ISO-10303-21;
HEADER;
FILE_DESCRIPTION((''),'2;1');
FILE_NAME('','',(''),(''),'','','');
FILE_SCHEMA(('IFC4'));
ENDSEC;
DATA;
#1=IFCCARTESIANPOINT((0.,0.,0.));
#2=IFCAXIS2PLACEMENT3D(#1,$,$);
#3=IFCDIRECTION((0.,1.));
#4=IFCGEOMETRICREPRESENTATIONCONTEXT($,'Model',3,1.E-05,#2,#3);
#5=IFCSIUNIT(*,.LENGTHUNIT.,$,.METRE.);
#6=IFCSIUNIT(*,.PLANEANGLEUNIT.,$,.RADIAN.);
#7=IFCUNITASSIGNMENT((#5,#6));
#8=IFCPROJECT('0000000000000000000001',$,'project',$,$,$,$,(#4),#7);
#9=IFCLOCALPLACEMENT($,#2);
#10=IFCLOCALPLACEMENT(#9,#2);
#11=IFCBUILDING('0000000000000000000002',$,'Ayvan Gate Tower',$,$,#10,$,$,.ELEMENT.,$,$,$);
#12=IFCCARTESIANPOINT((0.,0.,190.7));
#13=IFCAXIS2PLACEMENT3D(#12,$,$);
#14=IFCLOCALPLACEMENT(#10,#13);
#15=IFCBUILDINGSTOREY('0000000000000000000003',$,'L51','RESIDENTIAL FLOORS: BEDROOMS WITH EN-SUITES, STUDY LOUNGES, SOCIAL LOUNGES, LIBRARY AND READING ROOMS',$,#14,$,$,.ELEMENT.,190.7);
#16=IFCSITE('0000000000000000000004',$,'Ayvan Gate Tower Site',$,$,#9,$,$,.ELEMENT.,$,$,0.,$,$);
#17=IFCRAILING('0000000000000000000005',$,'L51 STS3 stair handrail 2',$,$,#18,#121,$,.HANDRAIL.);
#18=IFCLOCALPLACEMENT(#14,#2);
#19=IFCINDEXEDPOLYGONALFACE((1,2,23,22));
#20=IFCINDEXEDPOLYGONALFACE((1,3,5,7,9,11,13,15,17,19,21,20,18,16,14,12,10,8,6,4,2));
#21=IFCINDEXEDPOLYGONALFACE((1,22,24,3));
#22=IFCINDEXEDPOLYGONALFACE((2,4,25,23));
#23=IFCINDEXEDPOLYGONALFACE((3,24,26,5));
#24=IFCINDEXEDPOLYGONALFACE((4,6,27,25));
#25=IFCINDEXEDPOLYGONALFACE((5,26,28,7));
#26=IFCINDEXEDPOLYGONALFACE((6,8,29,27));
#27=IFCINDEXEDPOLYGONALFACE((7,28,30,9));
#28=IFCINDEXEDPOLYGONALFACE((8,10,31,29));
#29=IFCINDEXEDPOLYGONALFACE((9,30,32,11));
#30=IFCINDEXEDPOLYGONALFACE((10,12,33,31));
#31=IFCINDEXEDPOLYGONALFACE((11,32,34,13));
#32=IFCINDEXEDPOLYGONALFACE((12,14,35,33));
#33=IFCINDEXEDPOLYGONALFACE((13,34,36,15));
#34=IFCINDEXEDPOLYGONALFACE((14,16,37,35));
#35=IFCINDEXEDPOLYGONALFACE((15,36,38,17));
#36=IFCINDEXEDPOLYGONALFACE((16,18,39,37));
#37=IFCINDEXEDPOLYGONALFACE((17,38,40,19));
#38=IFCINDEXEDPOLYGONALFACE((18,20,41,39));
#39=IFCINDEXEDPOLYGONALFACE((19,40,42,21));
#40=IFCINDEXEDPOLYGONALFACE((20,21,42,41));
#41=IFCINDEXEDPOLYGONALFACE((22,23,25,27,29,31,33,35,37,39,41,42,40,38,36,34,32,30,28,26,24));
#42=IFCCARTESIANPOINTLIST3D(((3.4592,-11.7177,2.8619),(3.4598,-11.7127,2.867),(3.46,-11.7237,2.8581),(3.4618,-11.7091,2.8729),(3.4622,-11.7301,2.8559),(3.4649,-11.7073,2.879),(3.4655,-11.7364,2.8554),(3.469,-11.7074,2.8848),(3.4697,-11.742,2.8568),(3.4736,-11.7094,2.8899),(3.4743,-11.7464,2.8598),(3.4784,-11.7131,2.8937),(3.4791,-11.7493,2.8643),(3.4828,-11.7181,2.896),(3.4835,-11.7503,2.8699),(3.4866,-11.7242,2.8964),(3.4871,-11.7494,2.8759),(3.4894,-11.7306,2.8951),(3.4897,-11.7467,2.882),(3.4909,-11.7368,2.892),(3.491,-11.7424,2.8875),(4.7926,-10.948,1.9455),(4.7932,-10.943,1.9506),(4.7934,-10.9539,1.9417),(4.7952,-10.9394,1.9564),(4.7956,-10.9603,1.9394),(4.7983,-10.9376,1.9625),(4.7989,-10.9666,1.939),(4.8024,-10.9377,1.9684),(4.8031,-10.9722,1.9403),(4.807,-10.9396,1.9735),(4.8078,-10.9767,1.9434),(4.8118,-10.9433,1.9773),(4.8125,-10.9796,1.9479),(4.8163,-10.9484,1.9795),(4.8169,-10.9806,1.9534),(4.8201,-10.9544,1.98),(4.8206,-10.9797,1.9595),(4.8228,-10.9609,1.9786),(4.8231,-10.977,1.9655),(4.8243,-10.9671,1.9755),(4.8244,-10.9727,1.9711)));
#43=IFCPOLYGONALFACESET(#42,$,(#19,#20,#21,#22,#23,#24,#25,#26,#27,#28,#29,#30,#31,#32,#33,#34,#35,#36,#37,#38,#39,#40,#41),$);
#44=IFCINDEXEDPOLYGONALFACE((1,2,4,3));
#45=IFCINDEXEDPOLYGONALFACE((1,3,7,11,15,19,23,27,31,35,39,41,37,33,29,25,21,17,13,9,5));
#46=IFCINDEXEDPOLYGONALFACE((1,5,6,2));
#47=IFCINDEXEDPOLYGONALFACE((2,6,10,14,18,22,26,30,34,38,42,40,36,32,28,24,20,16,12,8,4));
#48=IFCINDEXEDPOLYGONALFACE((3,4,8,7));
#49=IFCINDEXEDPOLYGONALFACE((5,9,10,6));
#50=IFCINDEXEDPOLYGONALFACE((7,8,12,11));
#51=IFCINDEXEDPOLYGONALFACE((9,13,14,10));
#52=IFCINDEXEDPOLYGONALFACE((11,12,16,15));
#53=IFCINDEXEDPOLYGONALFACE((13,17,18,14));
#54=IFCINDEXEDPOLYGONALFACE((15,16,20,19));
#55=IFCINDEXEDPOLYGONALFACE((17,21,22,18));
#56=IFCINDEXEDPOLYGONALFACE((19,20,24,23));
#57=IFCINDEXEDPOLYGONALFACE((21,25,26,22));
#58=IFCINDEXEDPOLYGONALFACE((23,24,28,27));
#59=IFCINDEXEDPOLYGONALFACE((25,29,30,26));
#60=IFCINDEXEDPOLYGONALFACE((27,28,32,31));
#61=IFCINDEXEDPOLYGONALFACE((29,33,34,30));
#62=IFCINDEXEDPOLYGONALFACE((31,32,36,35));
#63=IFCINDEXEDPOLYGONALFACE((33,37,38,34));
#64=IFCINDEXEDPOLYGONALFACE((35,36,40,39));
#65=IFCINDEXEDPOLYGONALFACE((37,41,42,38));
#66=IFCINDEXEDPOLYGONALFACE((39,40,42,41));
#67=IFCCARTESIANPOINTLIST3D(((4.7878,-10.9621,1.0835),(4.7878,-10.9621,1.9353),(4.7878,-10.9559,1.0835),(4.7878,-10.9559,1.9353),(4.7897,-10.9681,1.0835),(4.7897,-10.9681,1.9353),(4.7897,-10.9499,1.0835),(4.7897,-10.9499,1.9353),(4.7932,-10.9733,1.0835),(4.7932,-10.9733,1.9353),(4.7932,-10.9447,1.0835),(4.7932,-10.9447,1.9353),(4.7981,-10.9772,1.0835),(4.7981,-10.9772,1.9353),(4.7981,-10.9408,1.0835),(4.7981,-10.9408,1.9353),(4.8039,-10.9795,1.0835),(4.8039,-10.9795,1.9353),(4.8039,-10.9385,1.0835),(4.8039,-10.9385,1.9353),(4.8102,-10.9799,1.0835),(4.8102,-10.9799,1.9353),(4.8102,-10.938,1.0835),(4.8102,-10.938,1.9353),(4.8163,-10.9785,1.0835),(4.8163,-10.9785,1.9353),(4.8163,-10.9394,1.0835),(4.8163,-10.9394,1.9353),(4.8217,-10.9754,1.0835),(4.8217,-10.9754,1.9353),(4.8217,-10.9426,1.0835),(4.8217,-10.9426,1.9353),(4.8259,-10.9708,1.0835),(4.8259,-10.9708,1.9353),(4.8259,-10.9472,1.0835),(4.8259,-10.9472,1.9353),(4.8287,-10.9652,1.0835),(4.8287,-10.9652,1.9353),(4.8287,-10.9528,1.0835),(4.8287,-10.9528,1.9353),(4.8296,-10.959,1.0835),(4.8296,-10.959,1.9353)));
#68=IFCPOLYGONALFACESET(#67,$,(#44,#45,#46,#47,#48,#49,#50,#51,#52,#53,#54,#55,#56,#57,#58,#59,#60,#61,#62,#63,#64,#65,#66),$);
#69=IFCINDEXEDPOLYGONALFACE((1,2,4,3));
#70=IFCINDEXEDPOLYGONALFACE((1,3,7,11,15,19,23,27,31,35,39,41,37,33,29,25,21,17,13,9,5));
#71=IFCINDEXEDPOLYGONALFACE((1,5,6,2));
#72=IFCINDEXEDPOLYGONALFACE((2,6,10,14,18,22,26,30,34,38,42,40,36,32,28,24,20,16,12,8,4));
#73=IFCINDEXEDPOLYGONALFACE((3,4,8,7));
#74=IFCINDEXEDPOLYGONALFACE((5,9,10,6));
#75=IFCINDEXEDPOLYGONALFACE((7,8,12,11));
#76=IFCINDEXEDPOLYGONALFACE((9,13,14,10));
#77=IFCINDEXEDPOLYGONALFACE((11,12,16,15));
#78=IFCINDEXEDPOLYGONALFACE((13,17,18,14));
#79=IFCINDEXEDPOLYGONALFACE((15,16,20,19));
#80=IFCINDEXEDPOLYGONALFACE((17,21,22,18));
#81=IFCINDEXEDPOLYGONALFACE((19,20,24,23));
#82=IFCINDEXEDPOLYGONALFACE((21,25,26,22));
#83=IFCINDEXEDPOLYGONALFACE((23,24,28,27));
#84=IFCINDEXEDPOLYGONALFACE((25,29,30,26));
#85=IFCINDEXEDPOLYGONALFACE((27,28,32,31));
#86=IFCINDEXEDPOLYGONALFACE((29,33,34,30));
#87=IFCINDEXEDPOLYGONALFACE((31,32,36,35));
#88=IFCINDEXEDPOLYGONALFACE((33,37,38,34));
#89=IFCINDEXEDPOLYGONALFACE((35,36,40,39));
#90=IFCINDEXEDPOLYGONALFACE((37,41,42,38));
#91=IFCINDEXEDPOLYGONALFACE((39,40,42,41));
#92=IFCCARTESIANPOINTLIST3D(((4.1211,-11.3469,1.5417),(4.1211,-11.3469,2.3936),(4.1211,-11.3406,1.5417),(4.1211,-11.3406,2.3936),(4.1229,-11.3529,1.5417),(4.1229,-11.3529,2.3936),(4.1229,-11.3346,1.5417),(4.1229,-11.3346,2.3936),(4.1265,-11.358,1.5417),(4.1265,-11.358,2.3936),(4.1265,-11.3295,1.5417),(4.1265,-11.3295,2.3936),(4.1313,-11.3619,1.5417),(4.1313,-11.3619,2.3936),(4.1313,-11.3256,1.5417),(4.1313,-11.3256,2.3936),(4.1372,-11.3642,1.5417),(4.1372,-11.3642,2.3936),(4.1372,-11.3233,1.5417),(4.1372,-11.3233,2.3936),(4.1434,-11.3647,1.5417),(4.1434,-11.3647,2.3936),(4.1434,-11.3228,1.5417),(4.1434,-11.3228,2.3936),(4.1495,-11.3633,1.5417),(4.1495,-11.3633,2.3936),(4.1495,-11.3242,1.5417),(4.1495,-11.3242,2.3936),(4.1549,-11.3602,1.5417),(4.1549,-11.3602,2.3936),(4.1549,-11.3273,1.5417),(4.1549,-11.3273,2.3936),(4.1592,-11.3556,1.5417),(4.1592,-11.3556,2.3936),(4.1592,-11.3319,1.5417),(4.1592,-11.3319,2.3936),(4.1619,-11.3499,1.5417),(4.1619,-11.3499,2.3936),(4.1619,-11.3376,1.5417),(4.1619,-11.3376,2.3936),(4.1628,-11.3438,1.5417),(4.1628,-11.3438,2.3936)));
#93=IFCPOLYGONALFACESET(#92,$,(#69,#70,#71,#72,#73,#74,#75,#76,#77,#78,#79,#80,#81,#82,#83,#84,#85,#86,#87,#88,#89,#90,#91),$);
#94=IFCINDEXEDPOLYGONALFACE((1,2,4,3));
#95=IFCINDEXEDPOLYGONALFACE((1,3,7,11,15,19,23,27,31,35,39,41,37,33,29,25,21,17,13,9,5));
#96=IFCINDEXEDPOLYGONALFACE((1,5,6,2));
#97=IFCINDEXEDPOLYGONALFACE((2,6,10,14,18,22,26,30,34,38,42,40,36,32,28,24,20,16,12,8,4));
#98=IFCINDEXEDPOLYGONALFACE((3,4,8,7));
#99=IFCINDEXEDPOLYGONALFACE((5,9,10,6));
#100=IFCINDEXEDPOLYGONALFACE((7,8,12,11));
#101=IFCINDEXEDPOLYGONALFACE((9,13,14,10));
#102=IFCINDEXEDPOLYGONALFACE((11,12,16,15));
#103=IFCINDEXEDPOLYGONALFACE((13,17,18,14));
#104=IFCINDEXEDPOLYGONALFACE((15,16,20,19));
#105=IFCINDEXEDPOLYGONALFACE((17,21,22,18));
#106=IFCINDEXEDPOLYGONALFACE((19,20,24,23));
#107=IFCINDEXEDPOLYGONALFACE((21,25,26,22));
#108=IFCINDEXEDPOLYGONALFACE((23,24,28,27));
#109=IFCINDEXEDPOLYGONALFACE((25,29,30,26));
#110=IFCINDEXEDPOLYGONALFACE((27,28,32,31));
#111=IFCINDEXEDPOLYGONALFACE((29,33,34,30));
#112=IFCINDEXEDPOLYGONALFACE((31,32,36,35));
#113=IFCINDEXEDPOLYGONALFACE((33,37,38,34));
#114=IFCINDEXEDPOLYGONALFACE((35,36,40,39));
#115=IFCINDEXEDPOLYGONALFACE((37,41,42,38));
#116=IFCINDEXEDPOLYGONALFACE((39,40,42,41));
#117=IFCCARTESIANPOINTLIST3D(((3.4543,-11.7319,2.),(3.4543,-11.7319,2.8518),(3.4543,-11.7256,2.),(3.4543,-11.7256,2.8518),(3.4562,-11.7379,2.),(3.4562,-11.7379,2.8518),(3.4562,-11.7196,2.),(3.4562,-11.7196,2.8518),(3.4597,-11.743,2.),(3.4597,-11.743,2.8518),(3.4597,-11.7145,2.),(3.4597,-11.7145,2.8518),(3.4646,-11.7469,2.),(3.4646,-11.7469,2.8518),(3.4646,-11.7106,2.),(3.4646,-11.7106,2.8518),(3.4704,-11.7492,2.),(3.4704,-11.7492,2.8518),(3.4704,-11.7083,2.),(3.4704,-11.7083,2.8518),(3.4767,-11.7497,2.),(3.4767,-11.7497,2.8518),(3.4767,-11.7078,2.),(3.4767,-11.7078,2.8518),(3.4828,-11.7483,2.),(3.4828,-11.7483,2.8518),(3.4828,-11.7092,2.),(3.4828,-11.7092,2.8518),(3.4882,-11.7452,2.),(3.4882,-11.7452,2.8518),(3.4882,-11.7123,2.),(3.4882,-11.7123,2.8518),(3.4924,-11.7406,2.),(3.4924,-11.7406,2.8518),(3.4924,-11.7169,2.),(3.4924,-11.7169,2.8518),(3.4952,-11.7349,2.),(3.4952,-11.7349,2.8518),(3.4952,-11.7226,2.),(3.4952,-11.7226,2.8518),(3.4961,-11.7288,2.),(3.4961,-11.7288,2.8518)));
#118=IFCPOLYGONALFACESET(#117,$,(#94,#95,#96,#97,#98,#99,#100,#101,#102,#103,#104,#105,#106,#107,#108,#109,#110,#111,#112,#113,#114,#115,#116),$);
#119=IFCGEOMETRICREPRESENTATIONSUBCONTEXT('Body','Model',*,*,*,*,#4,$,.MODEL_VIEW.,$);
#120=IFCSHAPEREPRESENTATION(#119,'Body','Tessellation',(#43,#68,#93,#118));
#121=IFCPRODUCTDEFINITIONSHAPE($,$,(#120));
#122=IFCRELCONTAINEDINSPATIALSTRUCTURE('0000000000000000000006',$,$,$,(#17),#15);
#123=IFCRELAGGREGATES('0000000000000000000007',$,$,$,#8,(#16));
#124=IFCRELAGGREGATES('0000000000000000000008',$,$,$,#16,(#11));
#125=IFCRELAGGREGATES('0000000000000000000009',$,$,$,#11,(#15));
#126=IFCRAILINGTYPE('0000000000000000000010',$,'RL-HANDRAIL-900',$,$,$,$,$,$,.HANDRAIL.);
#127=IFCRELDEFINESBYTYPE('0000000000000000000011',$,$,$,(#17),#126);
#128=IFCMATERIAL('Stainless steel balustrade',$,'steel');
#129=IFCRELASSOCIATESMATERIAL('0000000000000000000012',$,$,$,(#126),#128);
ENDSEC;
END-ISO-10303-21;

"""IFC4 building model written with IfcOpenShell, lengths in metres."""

from ifc_helpers import new_model, si_unit, direction, frame, origin, origin_2d, place, context, subcontext, project, spatial, circle, extrude, material, type_object, element, save


model = new_model("IFC4")

# Units and contexts
model_context = context("Model", 3, precision=1e-05, world=origin(), true_north=direction((0.0, 1.0)))
body_context = subcontext(model_context, "Body", "Model", "MODEL_VIEW")
ifc_project = project(units=[si_unit("LENGTHUNIT", "METRE"), si_unit("PLANEANGLEUNIT", "RADIAN")], contexts=[model_context])

# Site, building, storey
site_placement = place(None, origin())
site = spatial("IfcSite", under=ifc_project, at=site_placement, Name="Ayvan Gate Tower Site", CompositionType="ELEMENT", RefElevation=0.0)
building_placement = place(site_placement, origin())
building = spatial("IfcBuilding", under=site, at=building_placement, Name="Ayvan Gate Tower", CompositionType="ELEMENT")
storey_placement = place(building_placement, frame((0.0, 0.0, 190.7)))
storey = spatial("IfcBuildingStorey", under=building, at=storey_placement, Name="L51", Description="RESIDENTIAL FLOORS: BEDROOMS WITH EN-SUITES, STUDY LOUNGES, SOCIAL LOUNGES, LIBRARY AND READING ROOMS", CompositionType="ELEMENT", Elevation=190.7)

# Railing
ifc_material_1 = material(Name="Stainless steel balustrade", Category="steel")
railing_type_1 = type_object("IfcRailingType", Name="RL-HANDRAIL-900", PredefinedType="HANDRAIL", material=ifc_material_1)
railing_1_placement = place(storey_placement, frame((4.8086, -10.959, 1.0835)))
element("IfcRailing", 1, at=railing_1_placement, inside=storey, type_object=railing_type_1, Name="L51 STS3 stair handrail 2", PredefinedType="HANDRAIL", context=body_context, shape_type="SweptSolid", body=[
    extrude(circle(Radius=0.0239, at=origin_2d()), frame((0.0, 0.0, 0.876), z_axis=(-0.744199, -0.429597, 0.511483), x_axis=(0.499942, -0.866059, 0.0)), (0.0, 0.0, 1.0), 1.7917),
    extrude(circle(Radius=0.021, at=origin_2d()), origin(), (0.0, 0.0, 1.0), 0.8518),
    extrude(circle(Radius=0.021, at=origin_2d()), frame((-0.6667, -0.3848, 0.4583)), (0.0, 0.0, 1.0), 0.8518),
    extrude(circle(Radius=0.021, at=origin_2d()), frame((-1.3335, -0.7698, 0.9165)), (0.0, 0.0, 1.0), 0.8518),
])

save(model, "model.ifc")
